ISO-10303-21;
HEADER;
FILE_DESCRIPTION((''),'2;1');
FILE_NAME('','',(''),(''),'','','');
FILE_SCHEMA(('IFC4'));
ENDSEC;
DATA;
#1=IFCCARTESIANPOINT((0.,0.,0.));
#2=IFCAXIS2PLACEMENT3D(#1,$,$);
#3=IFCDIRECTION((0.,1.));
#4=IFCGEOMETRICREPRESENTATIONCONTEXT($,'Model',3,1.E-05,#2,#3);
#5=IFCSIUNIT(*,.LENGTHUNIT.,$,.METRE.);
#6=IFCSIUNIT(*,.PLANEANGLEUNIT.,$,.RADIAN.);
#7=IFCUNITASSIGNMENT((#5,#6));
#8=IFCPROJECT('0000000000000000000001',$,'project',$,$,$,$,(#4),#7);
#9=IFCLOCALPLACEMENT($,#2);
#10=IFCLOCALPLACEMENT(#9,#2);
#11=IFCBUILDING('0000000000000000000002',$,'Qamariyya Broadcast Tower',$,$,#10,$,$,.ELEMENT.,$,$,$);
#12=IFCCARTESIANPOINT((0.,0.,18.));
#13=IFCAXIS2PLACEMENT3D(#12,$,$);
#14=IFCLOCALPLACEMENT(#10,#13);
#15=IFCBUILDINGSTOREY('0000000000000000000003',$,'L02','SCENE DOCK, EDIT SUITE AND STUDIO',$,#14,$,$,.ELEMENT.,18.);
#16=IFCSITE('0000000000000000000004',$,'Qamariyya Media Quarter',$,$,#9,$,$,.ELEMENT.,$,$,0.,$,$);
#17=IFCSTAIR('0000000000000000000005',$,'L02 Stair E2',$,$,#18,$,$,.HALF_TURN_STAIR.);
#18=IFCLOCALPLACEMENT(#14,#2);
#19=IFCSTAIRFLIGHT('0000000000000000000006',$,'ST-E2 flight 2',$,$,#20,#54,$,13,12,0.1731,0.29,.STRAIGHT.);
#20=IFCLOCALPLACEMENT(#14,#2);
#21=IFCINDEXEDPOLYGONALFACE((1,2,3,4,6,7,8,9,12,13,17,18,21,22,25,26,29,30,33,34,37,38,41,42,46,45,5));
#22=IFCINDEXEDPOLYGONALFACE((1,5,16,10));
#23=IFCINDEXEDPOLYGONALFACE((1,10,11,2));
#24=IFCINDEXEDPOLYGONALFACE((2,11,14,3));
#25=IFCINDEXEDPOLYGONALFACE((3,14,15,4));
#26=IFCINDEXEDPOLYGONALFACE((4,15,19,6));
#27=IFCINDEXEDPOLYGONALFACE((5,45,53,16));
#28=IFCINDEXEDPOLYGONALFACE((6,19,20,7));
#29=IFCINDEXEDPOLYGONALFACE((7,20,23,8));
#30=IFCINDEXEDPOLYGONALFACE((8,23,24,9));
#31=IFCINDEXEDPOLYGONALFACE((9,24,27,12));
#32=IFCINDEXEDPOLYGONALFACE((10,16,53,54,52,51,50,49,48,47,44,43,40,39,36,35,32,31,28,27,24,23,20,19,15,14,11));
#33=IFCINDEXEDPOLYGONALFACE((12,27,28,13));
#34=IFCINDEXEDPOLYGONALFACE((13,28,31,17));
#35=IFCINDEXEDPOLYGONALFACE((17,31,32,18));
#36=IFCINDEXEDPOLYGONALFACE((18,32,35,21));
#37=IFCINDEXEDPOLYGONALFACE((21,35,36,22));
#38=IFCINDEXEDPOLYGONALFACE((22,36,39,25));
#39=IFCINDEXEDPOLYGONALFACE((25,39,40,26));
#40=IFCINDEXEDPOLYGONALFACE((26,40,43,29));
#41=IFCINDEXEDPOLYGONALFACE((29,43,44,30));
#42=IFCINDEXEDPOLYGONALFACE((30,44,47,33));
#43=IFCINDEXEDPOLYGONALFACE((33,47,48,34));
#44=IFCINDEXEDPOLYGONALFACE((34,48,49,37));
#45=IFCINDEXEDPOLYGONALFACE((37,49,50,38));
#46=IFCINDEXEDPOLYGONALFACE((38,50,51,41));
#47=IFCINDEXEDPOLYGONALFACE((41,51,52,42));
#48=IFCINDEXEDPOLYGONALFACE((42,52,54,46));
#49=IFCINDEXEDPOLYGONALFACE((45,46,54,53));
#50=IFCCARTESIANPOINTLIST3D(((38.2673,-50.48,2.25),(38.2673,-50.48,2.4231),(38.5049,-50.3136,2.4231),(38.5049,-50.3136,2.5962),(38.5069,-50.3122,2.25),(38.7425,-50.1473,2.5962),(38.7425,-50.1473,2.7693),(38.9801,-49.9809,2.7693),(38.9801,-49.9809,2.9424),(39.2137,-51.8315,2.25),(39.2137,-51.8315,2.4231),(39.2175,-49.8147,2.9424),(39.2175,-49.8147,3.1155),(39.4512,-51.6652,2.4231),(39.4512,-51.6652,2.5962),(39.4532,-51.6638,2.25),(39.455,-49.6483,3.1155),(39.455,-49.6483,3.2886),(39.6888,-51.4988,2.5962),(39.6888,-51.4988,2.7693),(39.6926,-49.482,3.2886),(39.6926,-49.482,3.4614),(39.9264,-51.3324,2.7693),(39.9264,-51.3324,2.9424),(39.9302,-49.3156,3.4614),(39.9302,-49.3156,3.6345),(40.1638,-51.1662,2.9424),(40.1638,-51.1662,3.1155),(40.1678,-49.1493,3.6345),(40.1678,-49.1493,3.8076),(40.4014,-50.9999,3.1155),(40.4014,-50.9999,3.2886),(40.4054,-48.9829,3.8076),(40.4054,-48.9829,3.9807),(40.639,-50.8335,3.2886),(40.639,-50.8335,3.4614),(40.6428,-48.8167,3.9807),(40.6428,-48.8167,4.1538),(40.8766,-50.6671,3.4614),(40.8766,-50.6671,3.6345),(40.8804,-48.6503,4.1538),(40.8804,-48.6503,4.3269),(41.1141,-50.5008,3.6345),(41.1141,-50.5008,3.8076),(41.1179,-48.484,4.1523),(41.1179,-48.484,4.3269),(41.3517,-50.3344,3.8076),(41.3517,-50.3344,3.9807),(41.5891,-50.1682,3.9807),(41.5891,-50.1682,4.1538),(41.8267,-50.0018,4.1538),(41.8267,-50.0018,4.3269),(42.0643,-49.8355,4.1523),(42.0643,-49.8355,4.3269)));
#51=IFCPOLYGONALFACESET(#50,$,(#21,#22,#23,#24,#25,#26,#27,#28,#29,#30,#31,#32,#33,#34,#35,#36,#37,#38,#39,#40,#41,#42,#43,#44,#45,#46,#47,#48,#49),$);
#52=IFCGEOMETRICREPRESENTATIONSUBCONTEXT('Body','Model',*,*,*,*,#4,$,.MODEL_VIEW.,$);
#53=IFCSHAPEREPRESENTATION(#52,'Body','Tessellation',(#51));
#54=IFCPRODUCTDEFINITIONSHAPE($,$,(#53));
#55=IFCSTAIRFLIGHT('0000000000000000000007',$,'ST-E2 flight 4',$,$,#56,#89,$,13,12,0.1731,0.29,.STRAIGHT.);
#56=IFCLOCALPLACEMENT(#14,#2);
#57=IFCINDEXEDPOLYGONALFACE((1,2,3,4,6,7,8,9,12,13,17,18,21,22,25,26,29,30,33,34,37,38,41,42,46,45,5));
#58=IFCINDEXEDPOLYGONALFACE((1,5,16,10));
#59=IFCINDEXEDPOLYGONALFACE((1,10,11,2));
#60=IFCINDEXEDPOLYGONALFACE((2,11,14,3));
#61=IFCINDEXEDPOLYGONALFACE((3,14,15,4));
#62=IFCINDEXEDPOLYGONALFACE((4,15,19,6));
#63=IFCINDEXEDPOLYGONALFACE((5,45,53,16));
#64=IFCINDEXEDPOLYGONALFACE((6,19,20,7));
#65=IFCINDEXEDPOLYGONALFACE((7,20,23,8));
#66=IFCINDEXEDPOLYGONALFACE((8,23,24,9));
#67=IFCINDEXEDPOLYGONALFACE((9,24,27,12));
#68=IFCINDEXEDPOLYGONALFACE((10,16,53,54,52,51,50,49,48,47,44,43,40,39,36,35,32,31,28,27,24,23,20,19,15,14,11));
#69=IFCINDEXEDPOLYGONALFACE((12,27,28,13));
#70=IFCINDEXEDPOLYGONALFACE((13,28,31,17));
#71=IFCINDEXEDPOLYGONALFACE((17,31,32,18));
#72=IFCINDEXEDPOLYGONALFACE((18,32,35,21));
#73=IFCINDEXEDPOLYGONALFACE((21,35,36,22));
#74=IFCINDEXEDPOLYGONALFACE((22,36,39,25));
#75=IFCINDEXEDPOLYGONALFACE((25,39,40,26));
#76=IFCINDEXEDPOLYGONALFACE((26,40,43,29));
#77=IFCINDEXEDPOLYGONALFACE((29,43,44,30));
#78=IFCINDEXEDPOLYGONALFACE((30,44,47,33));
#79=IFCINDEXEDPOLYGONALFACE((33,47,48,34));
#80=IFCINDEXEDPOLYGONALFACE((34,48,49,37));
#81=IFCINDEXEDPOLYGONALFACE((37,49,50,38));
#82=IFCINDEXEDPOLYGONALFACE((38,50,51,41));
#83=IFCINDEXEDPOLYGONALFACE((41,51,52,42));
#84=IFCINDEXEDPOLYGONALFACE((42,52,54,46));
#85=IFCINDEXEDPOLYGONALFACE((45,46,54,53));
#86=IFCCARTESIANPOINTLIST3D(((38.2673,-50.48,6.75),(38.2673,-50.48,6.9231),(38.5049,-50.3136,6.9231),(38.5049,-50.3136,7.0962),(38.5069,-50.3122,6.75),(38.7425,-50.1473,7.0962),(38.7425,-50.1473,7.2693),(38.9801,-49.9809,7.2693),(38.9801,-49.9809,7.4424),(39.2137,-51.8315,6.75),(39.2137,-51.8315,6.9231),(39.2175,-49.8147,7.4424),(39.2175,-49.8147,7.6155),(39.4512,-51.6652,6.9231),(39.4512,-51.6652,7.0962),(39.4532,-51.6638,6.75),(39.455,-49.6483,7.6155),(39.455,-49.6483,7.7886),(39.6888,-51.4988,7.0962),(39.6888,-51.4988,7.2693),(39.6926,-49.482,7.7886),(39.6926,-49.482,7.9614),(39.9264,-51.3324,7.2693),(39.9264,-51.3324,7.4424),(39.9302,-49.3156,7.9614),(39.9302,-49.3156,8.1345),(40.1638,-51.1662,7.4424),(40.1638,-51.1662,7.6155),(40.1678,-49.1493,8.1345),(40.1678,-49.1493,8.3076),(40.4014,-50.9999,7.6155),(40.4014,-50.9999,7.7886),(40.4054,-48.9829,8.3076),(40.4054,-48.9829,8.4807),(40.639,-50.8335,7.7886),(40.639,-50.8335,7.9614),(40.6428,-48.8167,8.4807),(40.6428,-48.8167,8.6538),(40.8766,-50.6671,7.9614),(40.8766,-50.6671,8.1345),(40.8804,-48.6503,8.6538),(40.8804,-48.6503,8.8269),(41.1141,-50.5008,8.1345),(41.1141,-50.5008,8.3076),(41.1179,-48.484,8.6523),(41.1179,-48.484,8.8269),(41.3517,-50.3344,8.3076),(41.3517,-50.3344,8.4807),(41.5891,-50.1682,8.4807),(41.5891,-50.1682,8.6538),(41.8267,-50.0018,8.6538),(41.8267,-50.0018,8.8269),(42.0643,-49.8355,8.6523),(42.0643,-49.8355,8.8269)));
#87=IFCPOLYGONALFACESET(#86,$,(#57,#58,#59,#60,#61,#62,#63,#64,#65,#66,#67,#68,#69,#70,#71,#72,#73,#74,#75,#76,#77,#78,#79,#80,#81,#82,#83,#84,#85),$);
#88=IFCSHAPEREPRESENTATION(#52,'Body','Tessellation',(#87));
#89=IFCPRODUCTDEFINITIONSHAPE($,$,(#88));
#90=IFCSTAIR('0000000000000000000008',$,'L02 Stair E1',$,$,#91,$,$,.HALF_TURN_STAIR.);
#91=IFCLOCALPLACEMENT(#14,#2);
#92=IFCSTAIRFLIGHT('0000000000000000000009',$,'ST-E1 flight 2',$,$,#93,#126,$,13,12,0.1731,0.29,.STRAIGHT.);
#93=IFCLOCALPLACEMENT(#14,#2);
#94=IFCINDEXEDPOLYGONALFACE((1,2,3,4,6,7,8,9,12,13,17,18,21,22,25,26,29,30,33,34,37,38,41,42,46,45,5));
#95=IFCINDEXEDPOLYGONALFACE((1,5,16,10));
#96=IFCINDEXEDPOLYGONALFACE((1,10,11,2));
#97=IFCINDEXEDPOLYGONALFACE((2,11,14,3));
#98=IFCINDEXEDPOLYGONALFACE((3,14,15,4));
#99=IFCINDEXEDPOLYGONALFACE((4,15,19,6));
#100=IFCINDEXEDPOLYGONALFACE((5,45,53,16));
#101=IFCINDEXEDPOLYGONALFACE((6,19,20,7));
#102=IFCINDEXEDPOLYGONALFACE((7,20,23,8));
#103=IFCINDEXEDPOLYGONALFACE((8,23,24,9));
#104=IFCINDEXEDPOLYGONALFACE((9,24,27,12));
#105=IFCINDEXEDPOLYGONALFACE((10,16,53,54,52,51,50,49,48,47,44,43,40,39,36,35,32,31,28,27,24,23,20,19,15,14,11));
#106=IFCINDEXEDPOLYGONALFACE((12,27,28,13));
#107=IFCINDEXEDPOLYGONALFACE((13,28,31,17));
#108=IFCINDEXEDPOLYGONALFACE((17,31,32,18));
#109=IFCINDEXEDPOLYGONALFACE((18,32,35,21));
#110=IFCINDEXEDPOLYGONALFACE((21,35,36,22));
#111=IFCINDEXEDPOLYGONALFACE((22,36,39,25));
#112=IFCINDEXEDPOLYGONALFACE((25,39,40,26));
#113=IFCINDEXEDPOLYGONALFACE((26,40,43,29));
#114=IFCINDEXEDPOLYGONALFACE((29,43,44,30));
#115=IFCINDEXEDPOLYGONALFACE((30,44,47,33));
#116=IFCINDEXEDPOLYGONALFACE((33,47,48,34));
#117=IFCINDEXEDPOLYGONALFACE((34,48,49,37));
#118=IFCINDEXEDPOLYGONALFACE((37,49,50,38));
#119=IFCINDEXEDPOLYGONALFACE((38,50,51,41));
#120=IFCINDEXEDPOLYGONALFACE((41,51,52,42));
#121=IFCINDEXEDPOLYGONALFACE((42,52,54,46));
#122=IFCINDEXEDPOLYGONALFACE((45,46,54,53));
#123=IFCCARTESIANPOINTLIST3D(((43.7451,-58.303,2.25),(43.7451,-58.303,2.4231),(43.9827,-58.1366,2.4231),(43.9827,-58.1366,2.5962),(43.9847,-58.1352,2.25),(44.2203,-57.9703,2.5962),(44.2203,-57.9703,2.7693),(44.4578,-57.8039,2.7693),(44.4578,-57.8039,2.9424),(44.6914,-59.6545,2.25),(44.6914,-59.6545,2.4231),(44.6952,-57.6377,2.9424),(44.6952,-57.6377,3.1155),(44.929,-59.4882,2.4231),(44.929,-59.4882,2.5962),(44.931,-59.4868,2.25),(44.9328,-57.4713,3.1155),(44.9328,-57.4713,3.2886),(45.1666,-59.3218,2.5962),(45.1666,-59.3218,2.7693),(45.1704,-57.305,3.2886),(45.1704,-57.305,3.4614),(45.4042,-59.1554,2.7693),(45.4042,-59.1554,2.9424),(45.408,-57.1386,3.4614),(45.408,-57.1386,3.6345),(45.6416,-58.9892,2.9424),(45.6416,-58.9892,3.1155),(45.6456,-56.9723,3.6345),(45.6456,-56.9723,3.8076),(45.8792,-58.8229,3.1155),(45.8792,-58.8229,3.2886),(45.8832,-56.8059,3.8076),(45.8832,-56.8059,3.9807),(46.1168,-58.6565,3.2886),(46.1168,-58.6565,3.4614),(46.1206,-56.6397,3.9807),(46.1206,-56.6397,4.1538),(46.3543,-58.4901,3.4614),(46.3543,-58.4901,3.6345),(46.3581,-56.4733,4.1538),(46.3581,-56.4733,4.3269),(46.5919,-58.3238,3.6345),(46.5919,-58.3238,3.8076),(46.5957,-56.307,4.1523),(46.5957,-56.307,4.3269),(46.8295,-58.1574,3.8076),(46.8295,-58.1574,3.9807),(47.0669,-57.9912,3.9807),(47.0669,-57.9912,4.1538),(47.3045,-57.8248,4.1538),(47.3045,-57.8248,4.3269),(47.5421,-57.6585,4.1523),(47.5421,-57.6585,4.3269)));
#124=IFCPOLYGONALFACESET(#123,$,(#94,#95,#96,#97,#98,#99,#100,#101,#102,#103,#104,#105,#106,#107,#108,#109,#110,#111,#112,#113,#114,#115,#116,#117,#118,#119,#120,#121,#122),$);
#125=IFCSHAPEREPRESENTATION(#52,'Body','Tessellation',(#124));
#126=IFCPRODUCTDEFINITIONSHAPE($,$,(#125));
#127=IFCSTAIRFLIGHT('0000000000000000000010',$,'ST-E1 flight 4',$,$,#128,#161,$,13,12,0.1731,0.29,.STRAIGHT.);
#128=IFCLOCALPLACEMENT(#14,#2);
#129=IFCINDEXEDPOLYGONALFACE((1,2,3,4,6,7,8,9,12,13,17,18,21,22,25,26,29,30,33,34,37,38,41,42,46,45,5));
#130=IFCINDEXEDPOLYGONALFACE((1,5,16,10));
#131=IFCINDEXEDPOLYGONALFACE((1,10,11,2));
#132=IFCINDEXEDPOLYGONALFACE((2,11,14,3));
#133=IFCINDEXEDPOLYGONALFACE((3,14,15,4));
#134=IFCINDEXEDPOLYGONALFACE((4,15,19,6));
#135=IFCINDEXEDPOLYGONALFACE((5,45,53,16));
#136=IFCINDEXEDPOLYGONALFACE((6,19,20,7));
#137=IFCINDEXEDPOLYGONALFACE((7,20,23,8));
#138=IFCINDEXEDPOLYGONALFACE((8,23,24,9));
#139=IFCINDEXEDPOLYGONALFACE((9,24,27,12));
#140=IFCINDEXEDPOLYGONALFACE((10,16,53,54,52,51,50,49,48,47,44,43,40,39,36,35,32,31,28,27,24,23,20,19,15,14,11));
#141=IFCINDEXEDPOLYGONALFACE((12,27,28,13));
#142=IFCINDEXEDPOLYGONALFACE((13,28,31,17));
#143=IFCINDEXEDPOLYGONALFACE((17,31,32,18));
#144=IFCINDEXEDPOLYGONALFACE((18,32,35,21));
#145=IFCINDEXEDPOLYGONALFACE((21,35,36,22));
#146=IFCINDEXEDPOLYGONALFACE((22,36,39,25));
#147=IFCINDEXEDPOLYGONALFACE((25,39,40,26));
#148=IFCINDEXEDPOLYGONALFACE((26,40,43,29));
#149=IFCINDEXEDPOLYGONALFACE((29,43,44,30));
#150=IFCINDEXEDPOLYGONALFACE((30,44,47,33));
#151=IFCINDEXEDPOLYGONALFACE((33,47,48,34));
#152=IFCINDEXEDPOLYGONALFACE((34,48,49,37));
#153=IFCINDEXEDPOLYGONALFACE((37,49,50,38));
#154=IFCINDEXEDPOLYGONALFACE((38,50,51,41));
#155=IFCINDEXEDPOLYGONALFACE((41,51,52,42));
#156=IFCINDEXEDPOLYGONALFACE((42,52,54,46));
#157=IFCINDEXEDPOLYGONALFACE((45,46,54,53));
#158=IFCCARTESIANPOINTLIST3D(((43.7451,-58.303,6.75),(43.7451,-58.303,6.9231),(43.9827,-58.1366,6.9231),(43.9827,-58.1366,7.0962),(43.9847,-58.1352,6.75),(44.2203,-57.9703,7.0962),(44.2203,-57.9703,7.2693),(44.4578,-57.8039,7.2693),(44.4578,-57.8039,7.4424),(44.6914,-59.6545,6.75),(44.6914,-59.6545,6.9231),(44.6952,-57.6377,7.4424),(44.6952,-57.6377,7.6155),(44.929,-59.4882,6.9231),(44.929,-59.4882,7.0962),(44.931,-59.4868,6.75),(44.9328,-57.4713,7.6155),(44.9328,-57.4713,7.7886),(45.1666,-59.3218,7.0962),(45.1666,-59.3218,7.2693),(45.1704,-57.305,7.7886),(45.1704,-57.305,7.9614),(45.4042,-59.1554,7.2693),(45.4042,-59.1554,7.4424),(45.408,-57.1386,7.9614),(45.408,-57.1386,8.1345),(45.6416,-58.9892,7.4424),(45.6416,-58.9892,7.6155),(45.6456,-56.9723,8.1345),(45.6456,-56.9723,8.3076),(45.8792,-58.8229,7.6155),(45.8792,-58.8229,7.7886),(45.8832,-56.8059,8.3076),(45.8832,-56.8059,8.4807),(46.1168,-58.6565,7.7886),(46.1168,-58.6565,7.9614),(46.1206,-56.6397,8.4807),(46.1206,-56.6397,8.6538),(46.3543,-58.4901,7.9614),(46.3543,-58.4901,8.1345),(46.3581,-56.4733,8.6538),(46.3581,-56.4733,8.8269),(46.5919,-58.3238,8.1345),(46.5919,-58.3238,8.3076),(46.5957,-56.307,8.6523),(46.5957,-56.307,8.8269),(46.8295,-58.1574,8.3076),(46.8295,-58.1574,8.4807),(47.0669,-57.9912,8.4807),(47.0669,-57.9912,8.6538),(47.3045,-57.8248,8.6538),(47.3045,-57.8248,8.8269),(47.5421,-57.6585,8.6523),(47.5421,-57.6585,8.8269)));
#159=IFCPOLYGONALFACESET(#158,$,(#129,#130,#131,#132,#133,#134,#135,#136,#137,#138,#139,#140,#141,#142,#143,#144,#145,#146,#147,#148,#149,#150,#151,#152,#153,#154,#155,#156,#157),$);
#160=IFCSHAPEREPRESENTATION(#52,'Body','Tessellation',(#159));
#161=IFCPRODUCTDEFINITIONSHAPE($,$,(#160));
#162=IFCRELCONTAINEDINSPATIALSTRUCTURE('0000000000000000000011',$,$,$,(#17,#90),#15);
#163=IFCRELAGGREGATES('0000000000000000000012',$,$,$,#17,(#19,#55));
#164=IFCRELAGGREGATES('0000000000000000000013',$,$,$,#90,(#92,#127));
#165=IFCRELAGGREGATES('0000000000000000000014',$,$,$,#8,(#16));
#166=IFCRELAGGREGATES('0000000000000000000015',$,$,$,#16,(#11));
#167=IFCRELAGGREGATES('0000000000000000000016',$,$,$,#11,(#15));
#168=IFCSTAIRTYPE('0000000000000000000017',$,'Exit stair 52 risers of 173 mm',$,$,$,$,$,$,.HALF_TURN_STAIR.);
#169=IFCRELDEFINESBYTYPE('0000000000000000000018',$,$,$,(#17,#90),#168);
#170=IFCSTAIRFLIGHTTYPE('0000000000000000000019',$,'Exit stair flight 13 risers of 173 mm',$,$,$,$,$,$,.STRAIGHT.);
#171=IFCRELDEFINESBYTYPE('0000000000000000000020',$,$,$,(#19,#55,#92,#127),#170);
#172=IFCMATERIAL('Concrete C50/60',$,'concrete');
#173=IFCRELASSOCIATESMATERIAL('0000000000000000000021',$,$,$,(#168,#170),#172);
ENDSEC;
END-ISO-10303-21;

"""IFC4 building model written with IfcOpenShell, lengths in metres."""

from ifc_helpers import new_model, si_unit, direction, frame, origin, place, context, subcontext, project, spatial, polyline, outline, extrude, material, type_object, element, aggregate, save


model = new_model("IFC4")

# Units and contexts
model_context = context("Model", 3, precision=1e-05, world=origin(), true_north=direction((0.0, 1.0)))
body_context = subcontext(model_context, "Body", "Model", "MODEL_VIEW")
ifc_project = project(units=[si_unit("LENGTHUNIT", "METRE"), si_unit("PLANEANGLEUNIT", "RADIAN")], contexts=[model_context])

# Site, building, storey
site_placement = place(None, origin())
site = spatial("IfcSite", under=ifc_project, at=site_placement, Name="Qamariyya Media Quarter", CompositionType="ELEMENT", RefElevation=0.0)
building_placement = place(site_placement, origin())
building = spatial("IfcBuilding", under=site, at=building_placement, Name="Qamariyya Broadcast Tower", CompositionType="ELEMENT")
storey_placement = place(building_placement, frame((0.0, 0.0, 18.0)))
storey = spatial("IfcBuildingStorey", under=building, at=storey_placement, Name="L02", Description="SCENE DOCK, EDIT SUITE AND STUDIO", CompositionType="ELEMENT", Elevation=18.0)

# Stairs, stair flights
ifc_material_1 = material(Name="Concrete C50/60", Category="concrete")
stair_type = type_object("IfcStairType", Name="Exit stair 52 risers of 173 mm", PredefinedType="HALF_TURN_STAIR", material=ifc_material_1)
stair_1_placement = place(storey_placement, origin())
stair_1 = element("IfcStair", 1, at=stair_1_placement, inside=storey, type_object=stair_type, Name="L02 Stair E2", PredefinedType="HALF_TURN_STAIR")
stair_flight_type = type_object("IfcStairFlightType", Name="Exit stair flight 13 risers of 173 mm", PredefinedType="STRAIGHT", material=ifc_material_1)
stair_flight_1_placement = place(storey_placement, frame((38.7405, -51.1558, 2.25), z_axis=(0.0, 0.0, 1.0), x_axis=(0.819152, 0.573576, 0.0)))
stair_flight_1 = element("IfcStairFlight", 2, at=stair_flight_1_placement, type_object=stair_flight_type, Name="ST-E2 flight 2", NumberOfRisers=13, NumberOfTreads=12, PredefinedType="STRAIGHT", RiserHeight=0.1731, TreadLength=0.29, context=body_context, shape_type="SweptSolid", body=[
    extrude(outline(polyline([(0.0, 0.0), (0.0, 0.1731), (0.29, 0.1731), (0.29, 0.3462), (0.5801, 0.3462), (0.5801, 0.5193), (0.8701, 0.5193), (0.8701, 0.6924), (1.1599, 0.6924), (1.1599, 0.8655), (1.45, 0.8655), (1.45, 1.0386), (1.74, 1.0386), (1.74, 1.2114), (2.03, 1.2114), (2.03, 1.3845), (2.3201, 1.3845), (2.3201, 1.5576), (2.6101, 1.5576), (2.6101, 1.7307), (2.8999, 1.7307), (2.8999, 1.9038), (3.1899, 1.9038), (3.1899, 2.0769), (3.48, 2.0769), (3.48, 2.25), (3.48, 1.9023), (0.2925, 0.0), (0.0, 0.0)])), frame((0.0, 0.825, 0.0), z_axis=(0.0, -1.0, 0.0), x_axis=(1.0, 0.0, 0.0)), (0.0, 0.0, 1.0), 1.6499),
])
stair_flight_2_placement = place(storey_placement, frame((38.7405, -51.1558, 6.75), z_axis=(0.0, 0.0, 1.0), x_axis=(0.819152, 0.573576, 0.0)))
stair_flight_2 = element("IfcStairFlight", 3, at=stair_flight_2_placement, type_object=stair_flight_type, Name="ST-E2 flight 4", NumberOfRisers=13, NumberOfTreads=12, PredefinedType="STRAIGHT", RiserHeight=0.1731, TreadLength=0.29, context=body_context, shape_type="SweptSolid", body=[
    extrude(outline(polyline([(0.0, 0.0), (0.0, 0.1731), (0.29, 0.1731), (0.29, 0.3462), (0.5801, 0.3462), (0.5801, 0.5193), (0.8701, 0.5193), (0.8701, 0.6924), (1.1599, 0.6924), (1.1599, 0.8655), (1.45, 0.8655), (1.45, 1.0386), (1.74, 1.0386), (1.74, 1.2114), (2.03, 1.2114), (2.03, 1.3845), (2.3201, 1.3845), (2.3201, 1.5576), (2.6101, 1.5576), (2.6101, 1.7307), (2.8999, 1.7307), (2.8999, 1.9038), (3.1899, 1.9038), (3.1899, 2.0769), (3.48, 2.0769), (3.48, 2.25), (3.48, 1.9023), (0.2925, 0.0), (0.0, 0.0)])), frame((0.0, 0.825, 0.0), z_axis=(0.0, -1.0, 0.0), x_axis=(1.0, 0.0, 0.0)), (0.0, 0.0, 1.0), 1.6499),
])
aggregate(stair_1, [stair_flight_1, stair_flight_2])
stair_2_placement = place(storey_placement, origin())
stair_2 = element("IfcStair", 4, at=stair_2_placement, inside=storey, type_object=stair_type, Name="L02 Stair E1", PredefinedType="HALF_TURN_STAIR")
stair_flight_3_placement = place(storey_placement, frame((44.2183, -58.9788, 2.25), z_axis=(0.0, 0.0, 1.0), x_axis=(0.819152, 0.573576, 0.0)))
stair_flight_3 = element("IfcStairFlight", 5, at=stair_flight_3_placement, type_object=stair_flight_type, Name="ST-E1 flight 2", NumberOfRisers=13, NumberOfTreads=12, PredefinedType="STRAIGHT", RiserHeight=0.1731, TreadLength=0.29, context=body_context, shape_type="SweptSolid", body=[
    extrude(outline(polyline([(0.0, 0.0), (0.0, 0.1731), (0.29, 0.1731), (0.29, 0.3462), (0.5801, 0.3462), (0.5801, 0.5193), (0.8701, 0.5193), (0.8701, 0.6924), (1.1599, 0.6924), (1.1599, 0.8655), (1.45, 0.8655), (1.45, 1.0386), (1.74, 1.0386), (1.74, 1.2114), (2.03, 1.2114), (2.03, 1.3845), (2.3201, 1.3845), (2.3201, 1.5576), (2.6101, 1.5576), (2.6101, 1.7307), (2.8999, 1.7307), (2.8999, 1.9038), (3.1899, 1.9038), (3.1899, 2.0769), (3.48, 2.0769), (3.48, 2.25), (3.48, 1.9023), (0.2925, 0.0), (0.0, 0.0)])), frame((0.0, 0.825, 0.0), z_axis=(0.0, -1.0, 0.0), x_axis=(1.0, 0.0, 0.0)), (0.0, 0.0, 1.0), 1.6499),
])
stair_flight_4_placement = place(storey_placement, frame((44.2183, -58.9788, 6.75), z_axis=(0.0, 0.0, 1.0), x_axis=(0.819152, 0.573576, 0.0)))
stair_flight_4 = element("IfcStairFlight", 6, at=stair_flight_4_placement, type_object=stair_flight_type, Name="ST-E1 flight 4", NumberOfRisers=13, NumberOfTreads=12, PredefinedType="STRAIGHT", RiserHeight=0.1731, TreadLength=0.29, context=body_context, shape_type="SweptSolid", body=[
    extrude(outline(polyline([(0.0, 0.0), (0.0, 0.1731), (0.29, 0.1731), (0.29, 0.3462), (0.5801, 0.3462), (0.5801, 0.5193), (0.8701, 0.5193), (0.8701, 0.6924), (1.1599, 0.6924), (1.1599, 0.8655), (1.45, 0.8655), (1.45, 1.0386), (1.74, 1.0386), (1.74, 1.2114), (2.03, 1.2114), (2.03, 1.3845), (2.3201, 1.3845), (2.3201, 1.5576), (2.6101, 1.5576), (2.6101, 1.7307), (2.8999, 1.7307), (2.8999, 1.9038), (3.1899, 1.9038), (3.1899, 2.0769), (3.48, 2.0769), (3.48, 2.25), (3.48, 1.9023), (0.2925, 0.0), (0.0, 0.0)])), frame((0.0, 0.825, 0.0), z_axis=(0.0, -1.0, 0.0), x_axis=(1.0, 0.0, 0.0)), (0.0, 0.0, 1.0), 1.6499),
])
aggregate(stair_2, [stair_flight_3, stair_flight_4])

save(model, "model.ifc")
